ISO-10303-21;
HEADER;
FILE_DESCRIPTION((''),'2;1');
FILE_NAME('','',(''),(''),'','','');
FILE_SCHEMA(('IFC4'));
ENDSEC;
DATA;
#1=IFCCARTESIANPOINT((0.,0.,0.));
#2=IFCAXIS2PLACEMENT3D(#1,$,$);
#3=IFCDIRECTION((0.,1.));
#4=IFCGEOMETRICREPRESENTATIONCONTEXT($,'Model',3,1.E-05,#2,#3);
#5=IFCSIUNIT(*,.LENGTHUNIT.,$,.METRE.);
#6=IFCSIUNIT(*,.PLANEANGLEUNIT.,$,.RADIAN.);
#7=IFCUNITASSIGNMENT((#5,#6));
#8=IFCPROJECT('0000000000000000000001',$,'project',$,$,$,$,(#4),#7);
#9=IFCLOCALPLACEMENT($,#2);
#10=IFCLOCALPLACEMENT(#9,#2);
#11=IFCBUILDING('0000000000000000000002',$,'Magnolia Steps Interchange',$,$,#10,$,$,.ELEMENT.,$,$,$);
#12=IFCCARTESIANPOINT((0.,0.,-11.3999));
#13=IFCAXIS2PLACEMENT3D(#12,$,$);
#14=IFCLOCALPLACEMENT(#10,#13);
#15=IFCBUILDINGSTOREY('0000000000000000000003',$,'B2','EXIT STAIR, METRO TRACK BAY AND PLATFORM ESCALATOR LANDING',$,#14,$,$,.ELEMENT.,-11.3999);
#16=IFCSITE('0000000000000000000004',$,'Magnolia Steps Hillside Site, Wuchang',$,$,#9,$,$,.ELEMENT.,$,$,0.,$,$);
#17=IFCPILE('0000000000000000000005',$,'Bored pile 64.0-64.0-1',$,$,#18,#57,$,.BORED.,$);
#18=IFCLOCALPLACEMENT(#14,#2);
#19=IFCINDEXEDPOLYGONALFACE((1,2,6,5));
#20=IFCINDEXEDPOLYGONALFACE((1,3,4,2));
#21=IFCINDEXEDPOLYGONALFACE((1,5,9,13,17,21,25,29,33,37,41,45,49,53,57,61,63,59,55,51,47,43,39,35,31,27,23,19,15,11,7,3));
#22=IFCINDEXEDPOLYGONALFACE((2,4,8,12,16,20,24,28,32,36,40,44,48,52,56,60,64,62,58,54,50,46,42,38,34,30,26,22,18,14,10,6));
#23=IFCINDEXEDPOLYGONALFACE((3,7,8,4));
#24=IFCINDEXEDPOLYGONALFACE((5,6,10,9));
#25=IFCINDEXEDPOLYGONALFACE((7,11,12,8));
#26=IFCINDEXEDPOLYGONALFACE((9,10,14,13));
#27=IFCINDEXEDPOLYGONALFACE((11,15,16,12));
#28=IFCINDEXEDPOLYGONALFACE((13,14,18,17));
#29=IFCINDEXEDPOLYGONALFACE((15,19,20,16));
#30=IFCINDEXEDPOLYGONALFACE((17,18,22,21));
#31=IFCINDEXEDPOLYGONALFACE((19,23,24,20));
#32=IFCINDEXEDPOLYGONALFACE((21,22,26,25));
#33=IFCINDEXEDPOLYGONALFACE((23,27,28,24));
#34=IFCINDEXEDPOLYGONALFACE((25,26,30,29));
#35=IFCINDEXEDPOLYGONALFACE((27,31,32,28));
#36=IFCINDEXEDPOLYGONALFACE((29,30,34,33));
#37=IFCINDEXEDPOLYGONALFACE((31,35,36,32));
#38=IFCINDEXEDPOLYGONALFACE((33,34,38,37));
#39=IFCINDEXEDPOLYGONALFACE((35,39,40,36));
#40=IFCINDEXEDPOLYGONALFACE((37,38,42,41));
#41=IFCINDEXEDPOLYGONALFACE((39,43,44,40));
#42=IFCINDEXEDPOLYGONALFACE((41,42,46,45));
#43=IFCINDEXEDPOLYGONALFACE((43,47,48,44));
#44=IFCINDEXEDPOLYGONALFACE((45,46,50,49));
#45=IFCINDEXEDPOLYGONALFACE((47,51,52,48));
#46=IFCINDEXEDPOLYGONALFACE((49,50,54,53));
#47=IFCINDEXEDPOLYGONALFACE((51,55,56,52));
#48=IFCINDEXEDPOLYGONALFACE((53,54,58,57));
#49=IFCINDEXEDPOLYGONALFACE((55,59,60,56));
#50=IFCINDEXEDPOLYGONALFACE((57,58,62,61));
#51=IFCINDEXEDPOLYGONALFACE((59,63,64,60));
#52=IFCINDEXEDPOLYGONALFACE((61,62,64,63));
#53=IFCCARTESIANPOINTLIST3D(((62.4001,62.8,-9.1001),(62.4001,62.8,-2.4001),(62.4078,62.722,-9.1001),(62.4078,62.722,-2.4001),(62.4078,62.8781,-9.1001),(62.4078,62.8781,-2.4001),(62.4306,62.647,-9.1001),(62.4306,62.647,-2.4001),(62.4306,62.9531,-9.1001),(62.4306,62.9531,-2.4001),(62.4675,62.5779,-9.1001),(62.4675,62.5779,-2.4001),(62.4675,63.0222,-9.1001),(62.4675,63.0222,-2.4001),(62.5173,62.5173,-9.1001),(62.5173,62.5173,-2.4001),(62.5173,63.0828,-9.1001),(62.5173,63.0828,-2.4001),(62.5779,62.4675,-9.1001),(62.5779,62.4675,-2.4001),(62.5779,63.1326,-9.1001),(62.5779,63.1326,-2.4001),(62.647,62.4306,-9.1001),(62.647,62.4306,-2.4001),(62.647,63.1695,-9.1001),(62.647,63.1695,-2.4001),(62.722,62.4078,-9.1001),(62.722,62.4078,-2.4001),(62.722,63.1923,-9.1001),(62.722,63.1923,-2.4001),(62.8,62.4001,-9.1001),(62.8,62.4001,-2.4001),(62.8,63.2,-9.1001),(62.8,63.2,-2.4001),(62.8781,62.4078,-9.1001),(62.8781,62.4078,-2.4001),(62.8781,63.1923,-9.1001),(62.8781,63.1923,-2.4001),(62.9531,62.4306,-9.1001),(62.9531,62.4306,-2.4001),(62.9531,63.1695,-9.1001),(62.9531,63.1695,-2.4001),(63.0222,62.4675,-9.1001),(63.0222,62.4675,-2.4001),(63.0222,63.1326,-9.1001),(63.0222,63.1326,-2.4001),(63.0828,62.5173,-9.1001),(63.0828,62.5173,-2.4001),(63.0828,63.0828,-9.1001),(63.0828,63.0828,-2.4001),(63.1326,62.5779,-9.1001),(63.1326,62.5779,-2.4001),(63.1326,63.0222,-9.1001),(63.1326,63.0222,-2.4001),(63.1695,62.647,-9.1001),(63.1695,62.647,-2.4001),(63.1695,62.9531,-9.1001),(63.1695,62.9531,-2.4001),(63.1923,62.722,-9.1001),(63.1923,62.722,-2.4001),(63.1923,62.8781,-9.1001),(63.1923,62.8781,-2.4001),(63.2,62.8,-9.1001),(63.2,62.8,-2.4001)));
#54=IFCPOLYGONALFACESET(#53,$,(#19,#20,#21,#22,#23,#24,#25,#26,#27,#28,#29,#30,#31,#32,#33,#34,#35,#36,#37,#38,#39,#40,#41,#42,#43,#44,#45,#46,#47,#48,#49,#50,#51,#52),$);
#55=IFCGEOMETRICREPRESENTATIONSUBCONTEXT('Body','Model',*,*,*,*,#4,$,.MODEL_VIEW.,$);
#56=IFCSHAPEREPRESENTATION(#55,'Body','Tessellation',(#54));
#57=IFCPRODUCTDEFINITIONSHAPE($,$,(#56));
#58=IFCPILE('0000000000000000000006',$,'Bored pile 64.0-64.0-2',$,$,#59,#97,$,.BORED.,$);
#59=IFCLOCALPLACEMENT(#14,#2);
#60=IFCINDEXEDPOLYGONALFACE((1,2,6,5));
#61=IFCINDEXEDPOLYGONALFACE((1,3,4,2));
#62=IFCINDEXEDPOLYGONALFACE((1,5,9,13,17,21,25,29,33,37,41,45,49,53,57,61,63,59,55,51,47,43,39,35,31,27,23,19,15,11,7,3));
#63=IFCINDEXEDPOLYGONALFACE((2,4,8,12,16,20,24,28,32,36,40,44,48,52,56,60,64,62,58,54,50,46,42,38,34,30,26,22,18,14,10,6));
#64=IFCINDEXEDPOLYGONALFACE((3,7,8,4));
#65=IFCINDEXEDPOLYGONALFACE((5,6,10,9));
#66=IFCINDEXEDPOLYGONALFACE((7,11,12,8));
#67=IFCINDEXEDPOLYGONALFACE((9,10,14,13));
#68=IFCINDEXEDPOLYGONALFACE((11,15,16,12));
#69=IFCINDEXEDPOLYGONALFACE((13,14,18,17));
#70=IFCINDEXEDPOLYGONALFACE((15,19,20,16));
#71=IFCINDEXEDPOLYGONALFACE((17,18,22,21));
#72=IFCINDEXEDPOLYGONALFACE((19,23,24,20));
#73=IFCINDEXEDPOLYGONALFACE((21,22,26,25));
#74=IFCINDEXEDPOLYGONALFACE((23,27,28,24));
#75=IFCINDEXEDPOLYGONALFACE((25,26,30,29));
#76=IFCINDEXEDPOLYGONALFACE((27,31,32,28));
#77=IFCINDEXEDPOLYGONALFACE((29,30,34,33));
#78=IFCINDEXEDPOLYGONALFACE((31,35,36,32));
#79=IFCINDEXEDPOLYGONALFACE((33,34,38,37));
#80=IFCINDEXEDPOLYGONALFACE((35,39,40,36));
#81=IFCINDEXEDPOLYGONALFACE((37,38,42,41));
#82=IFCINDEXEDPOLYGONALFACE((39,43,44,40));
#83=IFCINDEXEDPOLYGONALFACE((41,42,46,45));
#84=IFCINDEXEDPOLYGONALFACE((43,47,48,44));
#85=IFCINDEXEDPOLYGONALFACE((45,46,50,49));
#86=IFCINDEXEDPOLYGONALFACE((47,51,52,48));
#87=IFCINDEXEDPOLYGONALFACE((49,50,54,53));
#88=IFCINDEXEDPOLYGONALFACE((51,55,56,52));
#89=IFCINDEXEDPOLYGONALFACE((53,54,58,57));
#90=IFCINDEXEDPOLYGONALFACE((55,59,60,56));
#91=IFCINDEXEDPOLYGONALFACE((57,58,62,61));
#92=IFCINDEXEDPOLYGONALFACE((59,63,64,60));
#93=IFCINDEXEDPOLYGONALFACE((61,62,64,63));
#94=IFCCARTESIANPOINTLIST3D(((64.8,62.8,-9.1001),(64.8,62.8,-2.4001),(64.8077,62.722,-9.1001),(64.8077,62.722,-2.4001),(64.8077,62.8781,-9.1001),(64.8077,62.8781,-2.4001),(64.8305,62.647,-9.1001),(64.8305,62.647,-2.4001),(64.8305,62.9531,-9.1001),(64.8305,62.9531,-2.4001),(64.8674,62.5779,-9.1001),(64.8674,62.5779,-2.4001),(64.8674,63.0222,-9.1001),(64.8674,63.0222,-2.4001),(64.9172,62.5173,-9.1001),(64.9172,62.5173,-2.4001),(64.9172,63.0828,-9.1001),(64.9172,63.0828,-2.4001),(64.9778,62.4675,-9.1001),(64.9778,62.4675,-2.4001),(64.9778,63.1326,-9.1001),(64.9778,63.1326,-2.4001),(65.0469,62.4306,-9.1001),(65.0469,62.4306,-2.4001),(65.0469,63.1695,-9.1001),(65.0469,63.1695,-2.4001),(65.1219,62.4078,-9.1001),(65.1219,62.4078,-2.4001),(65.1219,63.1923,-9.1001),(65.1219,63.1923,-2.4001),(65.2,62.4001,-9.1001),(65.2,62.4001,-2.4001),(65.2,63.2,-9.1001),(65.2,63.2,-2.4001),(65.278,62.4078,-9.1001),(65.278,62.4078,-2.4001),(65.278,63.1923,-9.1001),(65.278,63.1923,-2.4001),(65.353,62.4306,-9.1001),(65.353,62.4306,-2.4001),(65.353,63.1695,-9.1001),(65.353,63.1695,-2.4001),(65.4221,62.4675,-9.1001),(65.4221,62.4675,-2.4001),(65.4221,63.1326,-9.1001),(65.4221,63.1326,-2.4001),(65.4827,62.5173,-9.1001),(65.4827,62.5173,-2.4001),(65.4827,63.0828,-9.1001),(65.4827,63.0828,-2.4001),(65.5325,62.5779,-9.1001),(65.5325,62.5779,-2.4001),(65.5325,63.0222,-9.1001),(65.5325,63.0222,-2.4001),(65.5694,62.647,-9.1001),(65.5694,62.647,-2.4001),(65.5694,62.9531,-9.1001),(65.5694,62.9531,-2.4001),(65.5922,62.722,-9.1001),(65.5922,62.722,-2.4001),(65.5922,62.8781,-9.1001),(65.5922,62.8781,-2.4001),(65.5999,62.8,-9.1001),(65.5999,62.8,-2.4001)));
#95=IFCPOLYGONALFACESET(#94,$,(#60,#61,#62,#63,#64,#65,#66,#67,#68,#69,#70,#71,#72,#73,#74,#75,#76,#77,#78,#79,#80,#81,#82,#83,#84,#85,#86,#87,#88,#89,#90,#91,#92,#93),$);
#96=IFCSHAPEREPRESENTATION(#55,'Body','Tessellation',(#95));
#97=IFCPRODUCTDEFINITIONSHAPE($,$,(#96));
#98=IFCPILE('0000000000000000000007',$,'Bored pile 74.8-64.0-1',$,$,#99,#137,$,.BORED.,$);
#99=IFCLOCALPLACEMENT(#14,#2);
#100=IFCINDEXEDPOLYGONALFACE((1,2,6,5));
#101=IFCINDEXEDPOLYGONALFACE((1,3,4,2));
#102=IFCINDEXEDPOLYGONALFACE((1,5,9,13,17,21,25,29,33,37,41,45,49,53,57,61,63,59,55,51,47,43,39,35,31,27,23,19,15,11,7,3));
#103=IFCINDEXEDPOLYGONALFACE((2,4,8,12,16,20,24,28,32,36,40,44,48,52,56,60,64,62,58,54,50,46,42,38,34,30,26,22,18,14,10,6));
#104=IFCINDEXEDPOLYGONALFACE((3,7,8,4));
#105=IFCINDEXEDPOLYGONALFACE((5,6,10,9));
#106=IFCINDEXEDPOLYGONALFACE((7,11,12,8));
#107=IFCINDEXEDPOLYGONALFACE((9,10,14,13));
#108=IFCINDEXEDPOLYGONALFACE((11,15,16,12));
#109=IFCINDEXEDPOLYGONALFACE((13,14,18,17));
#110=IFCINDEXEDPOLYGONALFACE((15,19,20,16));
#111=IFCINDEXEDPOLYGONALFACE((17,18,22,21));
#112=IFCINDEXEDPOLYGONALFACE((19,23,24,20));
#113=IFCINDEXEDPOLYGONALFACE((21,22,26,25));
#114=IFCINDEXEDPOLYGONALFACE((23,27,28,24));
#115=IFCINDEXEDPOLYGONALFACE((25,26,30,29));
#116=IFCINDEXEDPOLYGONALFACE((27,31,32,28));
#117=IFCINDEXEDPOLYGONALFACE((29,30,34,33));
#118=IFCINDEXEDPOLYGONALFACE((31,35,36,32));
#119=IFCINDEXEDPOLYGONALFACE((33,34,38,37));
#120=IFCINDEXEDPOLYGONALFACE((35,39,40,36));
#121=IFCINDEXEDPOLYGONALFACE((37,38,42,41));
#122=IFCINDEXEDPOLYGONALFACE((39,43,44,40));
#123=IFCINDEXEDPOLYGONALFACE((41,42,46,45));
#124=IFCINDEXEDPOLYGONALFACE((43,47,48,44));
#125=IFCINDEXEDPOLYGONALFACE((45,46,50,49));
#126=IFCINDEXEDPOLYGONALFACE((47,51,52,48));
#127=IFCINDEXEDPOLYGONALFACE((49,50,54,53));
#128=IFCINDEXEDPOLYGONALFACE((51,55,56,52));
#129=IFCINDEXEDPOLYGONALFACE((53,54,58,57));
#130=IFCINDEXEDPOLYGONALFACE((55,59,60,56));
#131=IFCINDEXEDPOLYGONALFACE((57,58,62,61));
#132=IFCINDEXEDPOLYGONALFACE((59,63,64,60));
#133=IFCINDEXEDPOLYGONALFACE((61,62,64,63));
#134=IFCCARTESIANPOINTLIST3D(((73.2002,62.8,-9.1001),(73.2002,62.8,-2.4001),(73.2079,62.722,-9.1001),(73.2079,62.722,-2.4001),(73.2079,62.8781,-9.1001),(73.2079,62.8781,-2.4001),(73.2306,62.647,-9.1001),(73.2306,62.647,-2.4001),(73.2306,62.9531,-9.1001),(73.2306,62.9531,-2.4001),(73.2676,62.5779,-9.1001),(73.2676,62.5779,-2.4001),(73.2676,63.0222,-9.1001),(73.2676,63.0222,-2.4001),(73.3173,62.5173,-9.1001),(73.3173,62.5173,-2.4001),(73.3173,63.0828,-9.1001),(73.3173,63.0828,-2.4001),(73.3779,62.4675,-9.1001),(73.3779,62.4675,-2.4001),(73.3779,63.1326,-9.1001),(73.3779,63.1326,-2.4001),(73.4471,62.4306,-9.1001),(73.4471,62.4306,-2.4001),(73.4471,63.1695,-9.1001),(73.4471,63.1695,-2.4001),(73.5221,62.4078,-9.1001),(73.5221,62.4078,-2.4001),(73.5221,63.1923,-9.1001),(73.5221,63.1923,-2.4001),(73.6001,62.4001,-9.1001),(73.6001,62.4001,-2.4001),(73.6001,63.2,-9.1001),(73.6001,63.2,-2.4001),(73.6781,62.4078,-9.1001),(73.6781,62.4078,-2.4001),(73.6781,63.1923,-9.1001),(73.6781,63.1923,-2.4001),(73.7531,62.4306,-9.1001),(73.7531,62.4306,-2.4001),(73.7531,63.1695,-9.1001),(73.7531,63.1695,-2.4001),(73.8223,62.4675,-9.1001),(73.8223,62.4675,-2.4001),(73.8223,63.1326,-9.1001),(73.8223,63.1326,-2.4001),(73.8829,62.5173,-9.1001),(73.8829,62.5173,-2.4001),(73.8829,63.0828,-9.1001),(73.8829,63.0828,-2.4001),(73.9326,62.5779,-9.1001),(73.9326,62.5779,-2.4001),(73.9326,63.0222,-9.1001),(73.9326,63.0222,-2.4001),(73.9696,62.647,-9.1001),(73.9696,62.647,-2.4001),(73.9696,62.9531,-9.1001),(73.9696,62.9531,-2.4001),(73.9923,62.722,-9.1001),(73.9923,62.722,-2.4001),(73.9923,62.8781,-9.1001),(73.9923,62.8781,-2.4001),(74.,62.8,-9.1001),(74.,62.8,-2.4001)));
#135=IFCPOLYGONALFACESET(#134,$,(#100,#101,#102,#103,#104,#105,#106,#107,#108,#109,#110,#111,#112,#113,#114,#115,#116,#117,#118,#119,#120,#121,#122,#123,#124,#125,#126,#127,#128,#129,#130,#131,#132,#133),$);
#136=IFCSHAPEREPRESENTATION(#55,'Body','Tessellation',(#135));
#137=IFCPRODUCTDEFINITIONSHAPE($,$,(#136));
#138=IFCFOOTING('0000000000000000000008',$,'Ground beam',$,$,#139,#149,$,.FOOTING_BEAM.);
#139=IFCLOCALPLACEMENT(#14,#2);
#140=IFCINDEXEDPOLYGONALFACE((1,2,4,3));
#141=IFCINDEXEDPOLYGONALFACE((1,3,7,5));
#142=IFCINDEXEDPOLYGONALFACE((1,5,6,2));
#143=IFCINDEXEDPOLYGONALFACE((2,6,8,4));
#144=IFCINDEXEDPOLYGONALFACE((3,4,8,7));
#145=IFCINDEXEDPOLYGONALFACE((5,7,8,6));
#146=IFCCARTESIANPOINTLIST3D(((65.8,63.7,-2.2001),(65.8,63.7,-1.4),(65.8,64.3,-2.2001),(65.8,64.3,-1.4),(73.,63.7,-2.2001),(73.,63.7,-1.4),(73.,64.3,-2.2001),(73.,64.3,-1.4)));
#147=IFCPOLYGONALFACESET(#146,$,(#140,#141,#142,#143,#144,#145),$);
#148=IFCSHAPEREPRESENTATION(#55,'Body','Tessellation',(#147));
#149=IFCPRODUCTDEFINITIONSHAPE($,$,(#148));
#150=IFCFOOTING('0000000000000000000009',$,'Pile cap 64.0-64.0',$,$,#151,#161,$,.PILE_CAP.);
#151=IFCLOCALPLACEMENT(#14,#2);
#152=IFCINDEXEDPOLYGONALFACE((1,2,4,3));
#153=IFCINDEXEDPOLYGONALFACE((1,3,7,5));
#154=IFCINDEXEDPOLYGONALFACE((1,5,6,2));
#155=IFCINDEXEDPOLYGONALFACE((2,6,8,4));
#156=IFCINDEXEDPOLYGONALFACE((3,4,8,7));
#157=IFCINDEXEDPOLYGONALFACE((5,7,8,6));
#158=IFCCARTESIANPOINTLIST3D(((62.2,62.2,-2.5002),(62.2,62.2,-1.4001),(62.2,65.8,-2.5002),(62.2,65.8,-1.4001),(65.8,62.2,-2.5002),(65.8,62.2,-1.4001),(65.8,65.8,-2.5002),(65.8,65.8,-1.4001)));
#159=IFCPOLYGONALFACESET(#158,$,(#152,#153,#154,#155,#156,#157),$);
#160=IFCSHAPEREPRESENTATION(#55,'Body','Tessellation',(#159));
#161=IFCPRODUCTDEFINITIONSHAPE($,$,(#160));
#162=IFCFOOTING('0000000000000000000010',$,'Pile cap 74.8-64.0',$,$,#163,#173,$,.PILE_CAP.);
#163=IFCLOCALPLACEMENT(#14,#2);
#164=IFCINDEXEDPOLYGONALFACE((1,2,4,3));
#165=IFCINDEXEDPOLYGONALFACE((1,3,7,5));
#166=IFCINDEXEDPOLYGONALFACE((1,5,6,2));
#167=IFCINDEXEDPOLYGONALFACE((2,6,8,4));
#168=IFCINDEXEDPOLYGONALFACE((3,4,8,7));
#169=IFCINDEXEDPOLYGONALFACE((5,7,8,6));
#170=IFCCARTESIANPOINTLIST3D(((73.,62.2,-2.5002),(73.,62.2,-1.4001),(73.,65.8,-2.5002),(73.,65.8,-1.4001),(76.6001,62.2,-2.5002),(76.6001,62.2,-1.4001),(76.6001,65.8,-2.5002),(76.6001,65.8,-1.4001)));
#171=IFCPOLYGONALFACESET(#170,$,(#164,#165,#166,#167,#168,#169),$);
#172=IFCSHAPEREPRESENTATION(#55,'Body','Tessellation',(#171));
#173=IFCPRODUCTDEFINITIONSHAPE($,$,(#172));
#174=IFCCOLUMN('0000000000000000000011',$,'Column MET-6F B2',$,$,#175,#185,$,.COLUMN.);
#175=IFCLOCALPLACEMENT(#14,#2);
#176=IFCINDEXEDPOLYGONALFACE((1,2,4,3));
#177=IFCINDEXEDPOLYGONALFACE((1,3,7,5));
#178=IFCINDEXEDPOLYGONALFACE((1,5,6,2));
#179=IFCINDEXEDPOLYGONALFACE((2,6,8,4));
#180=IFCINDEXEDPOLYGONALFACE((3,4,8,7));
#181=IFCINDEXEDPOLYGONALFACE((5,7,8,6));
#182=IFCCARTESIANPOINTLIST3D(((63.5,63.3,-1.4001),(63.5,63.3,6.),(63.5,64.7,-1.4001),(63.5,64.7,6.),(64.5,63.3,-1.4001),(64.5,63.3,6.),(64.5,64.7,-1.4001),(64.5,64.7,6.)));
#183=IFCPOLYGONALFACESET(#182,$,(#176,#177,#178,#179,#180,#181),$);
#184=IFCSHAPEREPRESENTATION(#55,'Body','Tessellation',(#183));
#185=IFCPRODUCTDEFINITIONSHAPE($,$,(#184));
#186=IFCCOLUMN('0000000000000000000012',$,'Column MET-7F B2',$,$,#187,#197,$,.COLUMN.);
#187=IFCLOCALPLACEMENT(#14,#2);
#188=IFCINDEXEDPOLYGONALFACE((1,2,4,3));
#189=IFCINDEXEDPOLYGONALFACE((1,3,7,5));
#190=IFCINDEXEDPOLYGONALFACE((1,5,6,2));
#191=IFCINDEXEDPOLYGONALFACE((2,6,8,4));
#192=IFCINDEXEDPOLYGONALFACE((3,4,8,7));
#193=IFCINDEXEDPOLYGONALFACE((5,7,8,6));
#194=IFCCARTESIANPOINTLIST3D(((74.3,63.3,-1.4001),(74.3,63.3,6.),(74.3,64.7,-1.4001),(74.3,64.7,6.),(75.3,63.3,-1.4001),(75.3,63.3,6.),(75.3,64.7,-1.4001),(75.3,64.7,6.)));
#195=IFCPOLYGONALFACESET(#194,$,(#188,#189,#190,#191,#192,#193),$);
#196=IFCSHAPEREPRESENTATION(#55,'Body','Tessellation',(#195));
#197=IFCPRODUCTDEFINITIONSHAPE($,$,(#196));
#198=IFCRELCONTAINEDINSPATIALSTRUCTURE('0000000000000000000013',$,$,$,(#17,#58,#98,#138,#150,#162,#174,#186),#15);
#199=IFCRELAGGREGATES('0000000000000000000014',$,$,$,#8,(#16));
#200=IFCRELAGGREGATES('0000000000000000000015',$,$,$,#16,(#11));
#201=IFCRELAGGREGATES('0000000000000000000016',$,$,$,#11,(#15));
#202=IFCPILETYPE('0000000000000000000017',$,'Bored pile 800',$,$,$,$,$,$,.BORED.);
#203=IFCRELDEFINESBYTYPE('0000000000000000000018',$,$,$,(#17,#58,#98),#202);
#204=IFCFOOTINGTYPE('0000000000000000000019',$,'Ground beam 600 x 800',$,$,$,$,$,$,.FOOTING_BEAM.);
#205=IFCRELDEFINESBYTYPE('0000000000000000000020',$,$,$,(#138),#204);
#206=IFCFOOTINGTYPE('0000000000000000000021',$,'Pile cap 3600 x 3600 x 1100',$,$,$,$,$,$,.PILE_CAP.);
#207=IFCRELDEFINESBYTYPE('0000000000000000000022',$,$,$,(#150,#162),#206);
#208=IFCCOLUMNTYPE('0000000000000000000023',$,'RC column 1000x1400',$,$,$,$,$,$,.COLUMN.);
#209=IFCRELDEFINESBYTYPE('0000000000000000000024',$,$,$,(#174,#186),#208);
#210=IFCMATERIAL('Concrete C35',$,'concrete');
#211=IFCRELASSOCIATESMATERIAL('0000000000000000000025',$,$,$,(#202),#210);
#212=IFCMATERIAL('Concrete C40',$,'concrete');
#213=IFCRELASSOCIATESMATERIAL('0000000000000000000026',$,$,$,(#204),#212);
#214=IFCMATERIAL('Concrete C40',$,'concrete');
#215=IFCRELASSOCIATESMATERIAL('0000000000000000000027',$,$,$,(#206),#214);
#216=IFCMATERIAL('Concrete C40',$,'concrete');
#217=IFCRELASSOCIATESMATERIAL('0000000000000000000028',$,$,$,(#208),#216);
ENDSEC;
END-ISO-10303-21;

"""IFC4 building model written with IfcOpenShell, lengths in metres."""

from ifc_helpers import new_model, si_unit, direction, frame, origin, origin_2d, place, context, subcontext, project, spatial, rectangle, circle, extrude, material, material_profile, profile_set, type_object, element, save


model = new_model("IFC4")

# Units and contexts
model_context = context("Model", 3, precision=1e-05, world=origin(), true_north=direction((0.0, 1.0)))
body_context = subcontext(model_context, "Body", "Model", "MODEL_VIEW")
ifc_project = project(units=[si_unit("LENGTHUNIT", "METRE"), si_unit("PLANEANGLEUNIT", "RADIAN")], contexts=[model_context])

# Site, building, storey
site_placement = place(None, origin())
site = spatial("IfcSite", under=ifc_project, at=site_placement, Name="Magnolia Steps Hillside Site, Wuchang", CompositionType="ELEMENT", RefElevation=0.0)
building_placement = place(site_placement, origin())
building = spatial("IfcBuilding", under=site, at=building_placement, Name="Magnolia Steps Interchange", CompositionType="ELEMENT")
storey_placement = place(building_placement, frame((0.0, 0.0, -11.3999)))
storey = spatial("IfcBuildingStorey", under=building, at=storey_placement, Name="B2", Description="EXIT STAIR, METRO TRACK BAY AND PLATFORM ESCALATOR LANDING", CompositionType="ELEMENT", Elevation=-11.3999)

# Piles
ifc_material_1 = material(Name="Concrete C35", Category="concrete")
ifc_material_profile_1 = material_profile(ifc_material_1, circle(Radius=0.3999, at=origin_2d()), Name="Bored pile 800")
ifc_profile_set_1 = profile_set([ifc_material_profile_1], Name="Concrete C35")
pile_type_1 = type_object("IfcPileType", Name="Bored pile 800", PredefinedType="BORED", material=ifc_profile_set_1)
for number, where, z_axis, x_axis, name in (
    (1, (62.8, 62.8, -2.4001), (0.0, 0.0, -1.0), (1.0, 0.0, 0.0), "Bored pile 64.0-64.0-1"),
    (2, (65.2, 62.8, -2.4001), (0.0, 0.0, -1.0), (1.0, 0.0, 0.0), "Bored pile 64.0-64.0-2"),
    (3, (73.6001, 62.8, -2.4001), (0.0, 0.0, -1.0), (1.0, 0.0, 0.0), "Bored pile 74.8-64.0-1"),
):
    element("IfcPile", number, at=place(storey_placement, frame(where, z_axis=z_axis, x_axis=x_axis)), inside=storey, type_object=pile_type_1, Name=name, PredefinedType="BORED", context=body_context, shape_type="SweptSolid", body=[
        extrude(circle(Radius=0.3999, at=origin_2d()), origin(), (0.0, 0.0, 1.0), 6.7),
    ])

# Footings
ifc_material_2 = material(Name="Concrete C40", Category="concrete")
ifc_material_profile_2 = material_profile(ifc_material_2, rectangle(XDim=0.6001, YDim=0.8, at=origin_2d()), Name="RC600x800")
ifc_profile_set_2 = profile_set([ifc_material_profile_2], Name="Concrete C40")
footing_type_1 = type_object("IfcFootingType", Name="Ground beam 600 x 800", PredefinedType="FOOTING_BEAM", material=ifc_profile_set_2)
footing_placement = place(storey_placement, frame((65.8, 64.0, -1.8), z_axis=(1.0, 0.0, 0.0), x_axis=(0.0, 1.0, 0.0)))
element("IfcFooting", 4, at=footing_placement, inside=storey, type_object=footing_type_1, Name="Ground beam", PredefinedType="FOOTING_BEAM", context=body_context, shape_type="SweptSolid", body=[
    extrude(rectangle(XDim=0.6001, YDim=0.8, at=origin_2d()), origin(), (0.0, 0.0, 1.0), 7.2),
])
ifc_material_3 = material(Name="Concrete C40", Category="concrete")
footing_type_2 = type_object("IfcFootingType", Name="Pile cap 3600 x 3600 x 1100", PredefinedType="PILE_CAP", material=ifc_material_3)
for number, where, z_axis, x_axis, name in (
    (5, (64.0, 64.0, -2.5002), (0.0, 0.0, 1.0), (1.0, 0.0, 0.0), "Pile cap 64.0-64.0"),
    (6, (74.8, 64.0, -2.5002), (0.0, 0.0, 1.0), (1.0, 0.0, 0.0), "Pile cap 74.8-64.0"),
):
    element("IfcFooting", number, at=place(storey_placement, frame(where, z_axis=z_axis, x_axis=x_axis)), inside=storey, type_object=footing_type_2, Name=name, PredefinedType="PILE_CAP", context=body_context, shape_type="SweptSolid", body=[
        extrude(rectangle(XDim=3.6001, YDim=3.6001, at=origin_2d()), origin(), (0.0, 0.0, 1.0), 1.1001),
    ])

# Columns
ifc_material_4 = material(Name="Concrete C40", Category="concrete")
ifc_material_profile_3 = material_profile(ifc_material_4, rectangle(XDim=1.0, YDim=1.3999, at=origin_2d()), Name="RC1000x1400")
ifc_profile_set_3 = profile_set([ifc_material_profile_3], Name="Concrete C40")
column_type = type_object("IfcColumnType", Name="RC column 1000x1400", PredefinedType="COLUMN", material=ifc_profile_set_3)
for number, where, z_axis, x_axis, name in (
    (7, (64.0, 64.0, -1.4001), (0.0, 0.0, 1.0), (1.0, 0.0, 0.0), "Column MET-6F B2"),
    (8, (74.8, 64.0, -1.4001), (0.0, 0.0, 1.0), (1.0, 0.0, 0.0), "Column MET-7F B2"),
):
    element("IfcColumn", number, at=place(storey_placement, frame(where, z_axis=z_axis, x_axis=x_axis)), inside=storey, type_object=column_type, Name=name, PredefinedType="COLUMN", context=body_context, shape_type="SweptSolid", body=[
        extrude(rectangle(XDim=1.0, YDim=1.3999, at=origin_2d()), origin(), (0.0, 0.0, 1.0), 7.4001),
    ])

save(model, "model.ifc")
